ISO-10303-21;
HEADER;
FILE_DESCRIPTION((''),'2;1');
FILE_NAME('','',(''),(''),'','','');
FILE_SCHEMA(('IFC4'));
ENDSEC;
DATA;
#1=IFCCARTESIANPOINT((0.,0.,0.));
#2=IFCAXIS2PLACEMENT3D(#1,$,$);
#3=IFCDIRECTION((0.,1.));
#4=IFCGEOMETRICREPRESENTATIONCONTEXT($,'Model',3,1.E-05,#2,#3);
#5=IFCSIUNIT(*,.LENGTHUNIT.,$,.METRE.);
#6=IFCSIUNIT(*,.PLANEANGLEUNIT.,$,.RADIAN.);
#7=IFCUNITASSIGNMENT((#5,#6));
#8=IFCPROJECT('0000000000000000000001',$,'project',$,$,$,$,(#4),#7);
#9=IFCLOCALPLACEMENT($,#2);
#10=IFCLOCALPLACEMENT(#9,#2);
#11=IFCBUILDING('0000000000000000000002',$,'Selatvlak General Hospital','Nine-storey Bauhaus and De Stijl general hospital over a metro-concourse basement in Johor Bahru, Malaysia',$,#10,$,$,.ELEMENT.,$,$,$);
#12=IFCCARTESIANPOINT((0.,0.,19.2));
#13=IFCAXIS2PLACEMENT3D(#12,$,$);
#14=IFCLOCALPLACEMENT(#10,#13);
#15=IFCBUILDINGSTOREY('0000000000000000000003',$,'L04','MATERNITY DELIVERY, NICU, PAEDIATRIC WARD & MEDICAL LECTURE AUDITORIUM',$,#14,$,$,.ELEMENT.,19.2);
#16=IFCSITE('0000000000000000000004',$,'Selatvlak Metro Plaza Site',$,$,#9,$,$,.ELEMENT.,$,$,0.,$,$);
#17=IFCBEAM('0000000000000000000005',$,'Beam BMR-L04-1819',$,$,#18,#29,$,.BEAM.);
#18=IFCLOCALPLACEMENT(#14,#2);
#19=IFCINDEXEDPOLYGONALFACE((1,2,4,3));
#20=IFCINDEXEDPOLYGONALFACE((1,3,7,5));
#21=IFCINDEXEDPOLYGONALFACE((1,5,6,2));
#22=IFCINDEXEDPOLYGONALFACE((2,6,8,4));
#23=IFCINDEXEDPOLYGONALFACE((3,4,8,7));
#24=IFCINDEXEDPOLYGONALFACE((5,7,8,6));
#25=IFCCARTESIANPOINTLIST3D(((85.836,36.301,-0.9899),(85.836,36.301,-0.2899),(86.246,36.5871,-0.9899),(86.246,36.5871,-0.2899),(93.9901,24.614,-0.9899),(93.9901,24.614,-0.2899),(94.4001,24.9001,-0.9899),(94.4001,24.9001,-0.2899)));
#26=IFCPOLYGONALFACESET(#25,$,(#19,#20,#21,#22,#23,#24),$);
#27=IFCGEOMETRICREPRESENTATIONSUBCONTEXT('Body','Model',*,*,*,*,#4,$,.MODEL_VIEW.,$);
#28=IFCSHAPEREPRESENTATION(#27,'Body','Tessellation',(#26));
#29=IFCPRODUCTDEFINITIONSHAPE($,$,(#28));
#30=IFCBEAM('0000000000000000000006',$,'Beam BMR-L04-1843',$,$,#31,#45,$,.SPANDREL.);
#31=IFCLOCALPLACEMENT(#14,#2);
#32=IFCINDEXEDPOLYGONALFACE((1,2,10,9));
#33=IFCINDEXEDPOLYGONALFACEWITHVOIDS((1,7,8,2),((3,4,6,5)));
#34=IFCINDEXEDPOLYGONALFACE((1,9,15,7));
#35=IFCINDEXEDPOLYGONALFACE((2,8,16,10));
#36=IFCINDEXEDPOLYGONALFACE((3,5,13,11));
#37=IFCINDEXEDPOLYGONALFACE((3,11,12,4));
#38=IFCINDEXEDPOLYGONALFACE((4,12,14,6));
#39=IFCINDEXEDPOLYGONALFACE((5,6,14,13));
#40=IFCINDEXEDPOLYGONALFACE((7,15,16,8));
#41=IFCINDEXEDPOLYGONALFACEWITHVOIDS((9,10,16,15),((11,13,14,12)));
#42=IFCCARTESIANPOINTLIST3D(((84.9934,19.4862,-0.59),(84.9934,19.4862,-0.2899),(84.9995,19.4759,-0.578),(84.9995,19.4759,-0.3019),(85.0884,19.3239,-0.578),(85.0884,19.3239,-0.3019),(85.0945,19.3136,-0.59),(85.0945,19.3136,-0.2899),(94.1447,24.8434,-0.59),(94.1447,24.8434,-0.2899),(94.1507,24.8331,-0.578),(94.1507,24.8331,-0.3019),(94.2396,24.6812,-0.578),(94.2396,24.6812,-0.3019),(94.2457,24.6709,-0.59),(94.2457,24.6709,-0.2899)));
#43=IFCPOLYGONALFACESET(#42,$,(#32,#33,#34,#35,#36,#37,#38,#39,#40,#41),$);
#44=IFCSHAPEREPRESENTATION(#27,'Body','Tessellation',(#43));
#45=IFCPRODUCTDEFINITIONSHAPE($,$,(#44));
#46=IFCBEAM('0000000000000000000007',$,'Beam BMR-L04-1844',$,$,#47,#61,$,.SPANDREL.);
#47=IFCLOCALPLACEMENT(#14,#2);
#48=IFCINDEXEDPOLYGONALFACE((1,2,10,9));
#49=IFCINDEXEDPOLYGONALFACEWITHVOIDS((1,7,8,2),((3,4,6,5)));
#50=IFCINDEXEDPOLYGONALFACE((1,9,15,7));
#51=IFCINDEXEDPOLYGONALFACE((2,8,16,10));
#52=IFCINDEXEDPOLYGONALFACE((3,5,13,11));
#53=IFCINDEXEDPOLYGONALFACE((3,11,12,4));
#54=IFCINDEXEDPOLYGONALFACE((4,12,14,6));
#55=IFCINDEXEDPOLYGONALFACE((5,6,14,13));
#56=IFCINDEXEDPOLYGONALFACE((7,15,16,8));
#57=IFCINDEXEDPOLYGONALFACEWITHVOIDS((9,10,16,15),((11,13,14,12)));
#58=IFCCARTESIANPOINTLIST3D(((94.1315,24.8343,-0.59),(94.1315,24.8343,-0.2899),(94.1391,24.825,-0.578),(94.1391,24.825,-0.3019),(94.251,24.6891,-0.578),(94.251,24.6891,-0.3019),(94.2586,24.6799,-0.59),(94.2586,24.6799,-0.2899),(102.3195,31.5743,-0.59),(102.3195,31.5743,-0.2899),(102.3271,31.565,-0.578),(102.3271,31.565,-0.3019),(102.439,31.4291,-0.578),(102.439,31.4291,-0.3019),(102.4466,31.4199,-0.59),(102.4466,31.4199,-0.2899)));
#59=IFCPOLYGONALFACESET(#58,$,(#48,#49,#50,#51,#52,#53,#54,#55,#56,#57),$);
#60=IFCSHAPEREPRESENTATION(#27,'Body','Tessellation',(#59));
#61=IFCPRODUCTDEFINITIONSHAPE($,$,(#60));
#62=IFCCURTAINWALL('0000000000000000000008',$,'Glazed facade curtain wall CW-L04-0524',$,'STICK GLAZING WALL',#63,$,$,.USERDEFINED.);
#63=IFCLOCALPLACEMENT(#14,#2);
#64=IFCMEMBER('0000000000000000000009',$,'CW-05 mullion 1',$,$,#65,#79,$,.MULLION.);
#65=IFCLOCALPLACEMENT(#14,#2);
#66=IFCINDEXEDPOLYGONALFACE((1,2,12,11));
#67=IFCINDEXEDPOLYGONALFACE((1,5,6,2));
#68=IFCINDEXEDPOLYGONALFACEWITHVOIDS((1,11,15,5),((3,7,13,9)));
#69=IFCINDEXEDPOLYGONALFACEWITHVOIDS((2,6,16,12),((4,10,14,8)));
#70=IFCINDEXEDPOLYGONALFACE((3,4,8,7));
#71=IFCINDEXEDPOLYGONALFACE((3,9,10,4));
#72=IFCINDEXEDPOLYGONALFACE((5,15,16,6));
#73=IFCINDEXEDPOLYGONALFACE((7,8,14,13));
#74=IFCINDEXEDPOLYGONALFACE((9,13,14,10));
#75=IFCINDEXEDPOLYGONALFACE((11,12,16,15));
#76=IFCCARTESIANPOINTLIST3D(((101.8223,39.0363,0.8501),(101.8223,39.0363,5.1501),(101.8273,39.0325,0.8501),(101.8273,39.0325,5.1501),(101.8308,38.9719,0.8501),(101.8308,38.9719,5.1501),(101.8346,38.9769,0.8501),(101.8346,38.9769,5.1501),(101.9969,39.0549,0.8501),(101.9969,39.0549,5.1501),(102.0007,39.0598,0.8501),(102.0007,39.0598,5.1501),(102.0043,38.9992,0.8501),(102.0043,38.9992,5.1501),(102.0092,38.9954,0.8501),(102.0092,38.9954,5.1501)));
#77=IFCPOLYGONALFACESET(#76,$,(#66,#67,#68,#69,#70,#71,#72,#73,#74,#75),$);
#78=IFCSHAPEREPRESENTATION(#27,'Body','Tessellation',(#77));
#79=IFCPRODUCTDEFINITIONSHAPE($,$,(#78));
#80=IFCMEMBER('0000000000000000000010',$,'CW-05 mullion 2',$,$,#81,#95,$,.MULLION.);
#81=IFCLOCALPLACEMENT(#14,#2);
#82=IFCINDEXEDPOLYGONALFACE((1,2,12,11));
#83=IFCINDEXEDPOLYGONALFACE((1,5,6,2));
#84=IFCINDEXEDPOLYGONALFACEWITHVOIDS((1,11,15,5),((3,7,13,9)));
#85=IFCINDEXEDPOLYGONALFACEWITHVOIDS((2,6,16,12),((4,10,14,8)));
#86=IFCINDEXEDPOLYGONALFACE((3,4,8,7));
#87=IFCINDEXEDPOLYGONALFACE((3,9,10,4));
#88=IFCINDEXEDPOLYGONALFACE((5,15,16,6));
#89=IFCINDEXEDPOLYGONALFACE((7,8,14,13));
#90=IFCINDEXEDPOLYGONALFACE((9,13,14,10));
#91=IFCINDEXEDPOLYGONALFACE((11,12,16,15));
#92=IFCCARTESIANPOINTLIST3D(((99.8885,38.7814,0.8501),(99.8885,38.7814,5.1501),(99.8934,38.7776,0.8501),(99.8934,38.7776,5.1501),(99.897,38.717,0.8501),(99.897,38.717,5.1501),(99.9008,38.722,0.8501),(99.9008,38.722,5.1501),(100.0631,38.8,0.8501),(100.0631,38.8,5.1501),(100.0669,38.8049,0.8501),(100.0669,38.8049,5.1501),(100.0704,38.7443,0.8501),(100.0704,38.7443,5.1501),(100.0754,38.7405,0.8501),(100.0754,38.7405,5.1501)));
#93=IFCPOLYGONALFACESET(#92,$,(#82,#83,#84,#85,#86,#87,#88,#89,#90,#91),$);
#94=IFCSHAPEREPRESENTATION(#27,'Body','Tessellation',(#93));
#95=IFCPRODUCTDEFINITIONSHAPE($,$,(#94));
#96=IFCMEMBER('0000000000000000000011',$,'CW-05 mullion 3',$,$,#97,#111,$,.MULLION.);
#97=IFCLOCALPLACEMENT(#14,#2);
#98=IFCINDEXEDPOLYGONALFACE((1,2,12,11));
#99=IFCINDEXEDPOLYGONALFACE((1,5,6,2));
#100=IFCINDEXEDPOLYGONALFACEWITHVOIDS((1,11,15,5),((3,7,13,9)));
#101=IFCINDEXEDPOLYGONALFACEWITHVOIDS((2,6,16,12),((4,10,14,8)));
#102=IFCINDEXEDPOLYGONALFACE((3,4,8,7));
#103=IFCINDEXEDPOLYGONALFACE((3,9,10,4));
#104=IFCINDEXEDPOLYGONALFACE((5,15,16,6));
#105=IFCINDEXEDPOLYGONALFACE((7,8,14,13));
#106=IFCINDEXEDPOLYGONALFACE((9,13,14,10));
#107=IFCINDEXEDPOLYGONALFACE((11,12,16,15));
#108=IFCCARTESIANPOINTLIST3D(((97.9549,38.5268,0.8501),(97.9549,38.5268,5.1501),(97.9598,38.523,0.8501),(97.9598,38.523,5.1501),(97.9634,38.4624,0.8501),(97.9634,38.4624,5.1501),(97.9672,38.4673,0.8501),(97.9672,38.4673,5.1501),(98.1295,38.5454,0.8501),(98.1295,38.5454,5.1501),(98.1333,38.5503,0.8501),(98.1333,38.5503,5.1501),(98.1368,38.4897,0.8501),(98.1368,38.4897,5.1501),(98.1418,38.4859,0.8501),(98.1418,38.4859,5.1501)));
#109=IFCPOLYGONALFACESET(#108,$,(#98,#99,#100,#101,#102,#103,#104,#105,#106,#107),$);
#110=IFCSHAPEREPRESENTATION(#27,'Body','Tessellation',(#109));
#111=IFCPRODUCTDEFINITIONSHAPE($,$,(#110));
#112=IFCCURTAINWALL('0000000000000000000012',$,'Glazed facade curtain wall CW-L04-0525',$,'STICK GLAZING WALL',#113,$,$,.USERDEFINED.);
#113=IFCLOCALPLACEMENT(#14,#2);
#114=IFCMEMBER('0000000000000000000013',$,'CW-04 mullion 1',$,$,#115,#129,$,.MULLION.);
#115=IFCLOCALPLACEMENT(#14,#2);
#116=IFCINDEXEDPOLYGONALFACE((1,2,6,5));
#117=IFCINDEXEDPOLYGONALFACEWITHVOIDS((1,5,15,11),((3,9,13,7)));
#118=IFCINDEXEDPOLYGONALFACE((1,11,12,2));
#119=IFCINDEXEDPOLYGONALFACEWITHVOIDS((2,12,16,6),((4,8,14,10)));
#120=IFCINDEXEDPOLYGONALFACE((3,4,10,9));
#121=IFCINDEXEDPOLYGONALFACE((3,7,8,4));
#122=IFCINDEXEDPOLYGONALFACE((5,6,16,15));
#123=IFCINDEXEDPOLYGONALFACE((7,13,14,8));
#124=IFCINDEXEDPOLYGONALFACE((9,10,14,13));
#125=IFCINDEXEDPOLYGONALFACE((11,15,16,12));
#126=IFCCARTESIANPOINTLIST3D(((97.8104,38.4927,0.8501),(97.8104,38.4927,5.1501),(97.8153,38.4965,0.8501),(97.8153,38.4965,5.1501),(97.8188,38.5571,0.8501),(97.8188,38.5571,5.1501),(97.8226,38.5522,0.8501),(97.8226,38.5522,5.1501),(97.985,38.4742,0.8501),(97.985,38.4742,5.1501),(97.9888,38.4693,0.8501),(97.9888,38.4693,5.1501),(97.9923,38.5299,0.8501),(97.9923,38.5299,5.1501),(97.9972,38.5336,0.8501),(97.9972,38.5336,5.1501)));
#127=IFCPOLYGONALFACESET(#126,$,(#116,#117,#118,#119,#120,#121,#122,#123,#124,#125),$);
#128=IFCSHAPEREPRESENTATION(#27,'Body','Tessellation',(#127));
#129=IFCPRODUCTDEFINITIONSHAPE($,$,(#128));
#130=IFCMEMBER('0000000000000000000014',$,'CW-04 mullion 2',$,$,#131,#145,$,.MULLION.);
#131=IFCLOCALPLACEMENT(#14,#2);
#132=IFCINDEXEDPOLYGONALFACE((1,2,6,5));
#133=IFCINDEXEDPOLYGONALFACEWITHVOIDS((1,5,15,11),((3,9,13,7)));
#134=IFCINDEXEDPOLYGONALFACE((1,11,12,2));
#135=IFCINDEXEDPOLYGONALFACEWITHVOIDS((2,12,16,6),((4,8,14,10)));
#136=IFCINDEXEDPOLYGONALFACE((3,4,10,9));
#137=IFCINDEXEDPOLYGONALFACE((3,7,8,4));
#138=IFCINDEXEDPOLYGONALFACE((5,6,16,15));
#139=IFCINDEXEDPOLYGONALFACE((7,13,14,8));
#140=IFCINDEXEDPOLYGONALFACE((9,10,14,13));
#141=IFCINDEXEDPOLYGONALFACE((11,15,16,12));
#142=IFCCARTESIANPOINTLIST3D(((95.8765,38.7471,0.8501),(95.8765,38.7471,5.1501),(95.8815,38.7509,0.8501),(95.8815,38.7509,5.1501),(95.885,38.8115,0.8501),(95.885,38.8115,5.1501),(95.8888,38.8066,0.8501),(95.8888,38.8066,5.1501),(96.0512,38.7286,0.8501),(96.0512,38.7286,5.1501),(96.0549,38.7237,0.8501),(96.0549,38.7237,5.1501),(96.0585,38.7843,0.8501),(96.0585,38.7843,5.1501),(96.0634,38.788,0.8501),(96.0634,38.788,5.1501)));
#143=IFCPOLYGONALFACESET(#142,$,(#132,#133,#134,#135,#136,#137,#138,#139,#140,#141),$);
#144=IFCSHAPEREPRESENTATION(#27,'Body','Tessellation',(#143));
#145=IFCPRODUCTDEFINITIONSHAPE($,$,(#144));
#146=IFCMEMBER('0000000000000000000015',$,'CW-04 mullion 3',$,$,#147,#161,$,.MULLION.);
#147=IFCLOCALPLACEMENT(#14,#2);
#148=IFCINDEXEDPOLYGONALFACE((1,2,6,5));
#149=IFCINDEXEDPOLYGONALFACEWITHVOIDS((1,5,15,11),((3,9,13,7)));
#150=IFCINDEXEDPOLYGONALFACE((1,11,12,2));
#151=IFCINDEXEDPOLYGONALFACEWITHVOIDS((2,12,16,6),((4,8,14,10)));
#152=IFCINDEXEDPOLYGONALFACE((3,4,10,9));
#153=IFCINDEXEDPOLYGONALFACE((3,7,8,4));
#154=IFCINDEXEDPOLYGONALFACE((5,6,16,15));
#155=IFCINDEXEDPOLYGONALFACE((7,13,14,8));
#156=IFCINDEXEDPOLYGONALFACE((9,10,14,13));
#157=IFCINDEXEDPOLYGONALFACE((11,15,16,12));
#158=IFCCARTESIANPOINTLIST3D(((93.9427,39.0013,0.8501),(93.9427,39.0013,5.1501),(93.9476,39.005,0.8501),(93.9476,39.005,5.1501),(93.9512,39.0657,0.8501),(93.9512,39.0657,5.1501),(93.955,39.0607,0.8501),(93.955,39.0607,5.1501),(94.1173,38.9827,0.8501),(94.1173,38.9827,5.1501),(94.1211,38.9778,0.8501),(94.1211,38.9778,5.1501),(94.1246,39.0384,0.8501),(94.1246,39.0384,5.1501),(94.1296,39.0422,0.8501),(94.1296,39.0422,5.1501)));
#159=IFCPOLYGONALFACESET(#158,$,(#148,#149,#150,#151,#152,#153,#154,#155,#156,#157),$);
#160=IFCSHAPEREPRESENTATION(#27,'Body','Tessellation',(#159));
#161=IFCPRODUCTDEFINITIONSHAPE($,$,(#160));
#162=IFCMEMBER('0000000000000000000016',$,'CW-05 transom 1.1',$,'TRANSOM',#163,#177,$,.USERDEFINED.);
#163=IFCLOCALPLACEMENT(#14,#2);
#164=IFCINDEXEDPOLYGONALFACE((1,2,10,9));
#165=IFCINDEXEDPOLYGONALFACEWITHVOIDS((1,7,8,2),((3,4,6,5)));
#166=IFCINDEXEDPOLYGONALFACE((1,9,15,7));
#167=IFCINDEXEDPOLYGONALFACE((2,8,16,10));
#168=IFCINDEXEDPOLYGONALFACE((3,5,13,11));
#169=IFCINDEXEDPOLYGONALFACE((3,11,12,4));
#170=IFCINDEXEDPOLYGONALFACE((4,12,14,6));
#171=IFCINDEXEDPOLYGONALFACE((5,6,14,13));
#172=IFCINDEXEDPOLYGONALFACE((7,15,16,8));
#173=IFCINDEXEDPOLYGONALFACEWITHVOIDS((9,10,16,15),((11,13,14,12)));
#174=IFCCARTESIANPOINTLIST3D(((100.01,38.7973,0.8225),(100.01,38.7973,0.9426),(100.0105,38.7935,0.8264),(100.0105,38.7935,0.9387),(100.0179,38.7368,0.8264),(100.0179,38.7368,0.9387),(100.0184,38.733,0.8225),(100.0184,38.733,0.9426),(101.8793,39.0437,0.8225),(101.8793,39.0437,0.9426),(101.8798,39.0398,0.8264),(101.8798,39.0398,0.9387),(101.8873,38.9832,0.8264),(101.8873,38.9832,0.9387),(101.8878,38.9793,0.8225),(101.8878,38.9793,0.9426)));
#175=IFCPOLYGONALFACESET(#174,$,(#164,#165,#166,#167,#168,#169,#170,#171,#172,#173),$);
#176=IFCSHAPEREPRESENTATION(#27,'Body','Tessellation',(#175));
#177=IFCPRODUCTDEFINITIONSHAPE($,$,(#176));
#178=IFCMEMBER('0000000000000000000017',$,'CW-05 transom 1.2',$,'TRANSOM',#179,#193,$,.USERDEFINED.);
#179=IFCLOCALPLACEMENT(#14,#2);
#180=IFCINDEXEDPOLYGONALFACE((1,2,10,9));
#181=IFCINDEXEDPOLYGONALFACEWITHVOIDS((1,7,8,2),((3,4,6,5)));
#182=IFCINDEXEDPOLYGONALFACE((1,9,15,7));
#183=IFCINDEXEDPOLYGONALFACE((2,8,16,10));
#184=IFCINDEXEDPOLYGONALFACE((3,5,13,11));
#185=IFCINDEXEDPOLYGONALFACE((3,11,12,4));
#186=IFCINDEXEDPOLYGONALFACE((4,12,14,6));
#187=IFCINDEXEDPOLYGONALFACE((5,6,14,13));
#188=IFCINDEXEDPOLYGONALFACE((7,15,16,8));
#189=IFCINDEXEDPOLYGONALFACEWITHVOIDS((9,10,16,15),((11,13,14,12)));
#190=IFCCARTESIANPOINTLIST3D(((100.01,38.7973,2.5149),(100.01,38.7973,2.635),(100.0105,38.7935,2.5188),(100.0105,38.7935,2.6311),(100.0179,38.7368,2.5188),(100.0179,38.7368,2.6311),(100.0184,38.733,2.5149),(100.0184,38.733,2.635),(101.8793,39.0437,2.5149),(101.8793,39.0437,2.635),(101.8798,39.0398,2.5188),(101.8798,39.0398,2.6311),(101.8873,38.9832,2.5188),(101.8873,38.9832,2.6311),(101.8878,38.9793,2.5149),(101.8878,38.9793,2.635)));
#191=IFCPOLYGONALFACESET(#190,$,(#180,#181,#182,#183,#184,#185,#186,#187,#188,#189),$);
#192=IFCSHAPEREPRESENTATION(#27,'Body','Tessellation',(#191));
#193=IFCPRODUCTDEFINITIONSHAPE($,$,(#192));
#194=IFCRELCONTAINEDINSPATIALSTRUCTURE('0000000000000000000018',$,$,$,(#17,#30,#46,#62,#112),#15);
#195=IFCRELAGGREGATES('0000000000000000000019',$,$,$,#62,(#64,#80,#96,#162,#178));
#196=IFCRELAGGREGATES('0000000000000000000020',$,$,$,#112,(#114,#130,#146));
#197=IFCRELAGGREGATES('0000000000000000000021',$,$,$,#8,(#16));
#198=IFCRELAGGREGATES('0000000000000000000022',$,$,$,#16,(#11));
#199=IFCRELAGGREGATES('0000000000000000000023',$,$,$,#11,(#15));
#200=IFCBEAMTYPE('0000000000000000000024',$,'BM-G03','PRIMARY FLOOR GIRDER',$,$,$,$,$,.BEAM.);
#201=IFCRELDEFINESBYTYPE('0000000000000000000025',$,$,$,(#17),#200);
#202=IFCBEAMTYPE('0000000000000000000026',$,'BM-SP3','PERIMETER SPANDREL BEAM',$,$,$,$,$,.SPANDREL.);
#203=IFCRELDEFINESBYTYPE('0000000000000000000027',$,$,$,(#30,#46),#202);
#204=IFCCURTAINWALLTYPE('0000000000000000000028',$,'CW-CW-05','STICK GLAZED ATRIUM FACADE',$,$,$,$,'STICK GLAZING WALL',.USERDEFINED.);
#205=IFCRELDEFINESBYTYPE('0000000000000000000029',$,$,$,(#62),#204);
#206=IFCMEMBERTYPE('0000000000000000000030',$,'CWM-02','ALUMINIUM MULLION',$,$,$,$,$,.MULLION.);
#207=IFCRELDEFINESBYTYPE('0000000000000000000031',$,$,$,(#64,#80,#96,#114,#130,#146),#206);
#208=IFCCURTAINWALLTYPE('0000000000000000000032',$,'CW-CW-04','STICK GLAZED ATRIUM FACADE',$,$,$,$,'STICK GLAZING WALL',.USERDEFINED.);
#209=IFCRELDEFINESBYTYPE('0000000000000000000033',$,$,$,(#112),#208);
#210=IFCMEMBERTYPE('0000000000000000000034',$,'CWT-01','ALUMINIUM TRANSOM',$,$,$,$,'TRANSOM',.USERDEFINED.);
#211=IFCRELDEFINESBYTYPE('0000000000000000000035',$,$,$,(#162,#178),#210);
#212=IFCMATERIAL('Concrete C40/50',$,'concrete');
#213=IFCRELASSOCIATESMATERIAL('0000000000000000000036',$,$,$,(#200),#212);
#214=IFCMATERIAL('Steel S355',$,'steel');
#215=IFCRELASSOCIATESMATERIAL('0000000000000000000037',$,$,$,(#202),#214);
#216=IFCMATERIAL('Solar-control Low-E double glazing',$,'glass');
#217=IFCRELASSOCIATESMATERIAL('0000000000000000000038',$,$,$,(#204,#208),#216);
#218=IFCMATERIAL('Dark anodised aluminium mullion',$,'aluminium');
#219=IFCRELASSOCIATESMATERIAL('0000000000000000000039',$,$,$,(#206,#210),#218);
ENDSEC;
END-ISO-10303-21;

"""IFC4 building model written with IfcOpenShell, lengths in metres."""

from ifc_helpers import new_model, si_unit, direction, frame, origin, origin_2d, place, context, subcontext, project, spatial, rectangle, hollow_rectangle, extrude, material, material_profile, profile_set, type_object, element, aggregate, save


model = new_model("IFC4")

# Units and contexts
model_context = context("Model", 3, precision=1e-05, world=origin(), true_north=direction((0.0, 1.0)))
body_context = subcontext(model_context, "Body", "Model", "MODEL_VIEW")
ifc_project = project(units=[si_unit("LENGTHUNIT", "METRE"), si_unit("PLANEANGLEUNIT", "RADIAN")], contexts=[model_context])

# Site, building, storey
site_placement = place(None, origin())
site = spatial("IfcSite", under=ifc_project, at=site_placement, Name="Selatvlak Metro Plaza Site", CompositionType="ELEMENT", RefElevation=0.0)
building_placement = place(site_placement, origin())
building = spatial("IfcBuilding", under=site, at=building_placement, Name="Selatvlak General Hospital", Description="Nine-storey Bauhaus and De Stijl general hospital over a metro-concourse basement in Johor Bahru, Malaysia", CompositionType="ELEMENT")
storey_placement = place(building_placement, frame((0.0, 0.0, 19.2)))
storey = spatial("IfcBuildingStorey", under=building, at=storey_placement, Name="L04", Description="MATERNITY DELIVERY, NICU, PAEDIATRIC WARD & MEDICAL LECTURE AUDITORIUM", CompositionType="ELEMENT", Elevation=19.2)

# Beams
ifc_material_1 = material(Name="Concrete C40/50", Category="concrete")
ifc_material_profile_1 = material_profile(ifc_material_1, rectangle(XDim=0.5, YDim=0.7, at=origin_2d()), Name="RC-BM 500x700")
ifc_profile_set_1 = profile_set([ifc_material_profile_1], Name="Concrete C40/50")
beam_type_1 = type_object("IfcBeamType", Name="BM-G03", Description="PRIMARY FLOOR GIRDER", PredefinedType="BEAM", material=ifc_profile_set_1)
beam_1_placement = place(storey_placement, frame((86.041, 36.4441, -0.6399), z_axis=(0.572197, -0.820116, 0.0), x_axis=(0.820116, 0.572197, 0.0)))
element("IfcBeam", 1, at=beam_1_placement, inside=storey, type_object=beam_type_1, Name="Beam BMR-L04-1819", PredefinedType="BEAM", context=body_context, shape_type="SweptSolid", body=[
    extrude(rectangle(XDim=0.5, YDim=0.7, at=origin_2d()), origin(), (0.0, 0.0, 1.0), 14.2505),
])
ifc_material_2 = material(Name="Steel S355", Category="steel")
ifc_material_profile_2 = material_profile(ifc_material_2, hollow_rectangle(XDim=0.2, YDim=0.3, WallThickness=0.012, at=origin_2d()), Name="RHS 300x200x12")
ifc_profile_set_2 = profile_set([ifc_material_profile_2], Name="Steel S355")
beam_type_2 = type_object("IfcBeamType", Name="BM-SP3", Description="PERIMETER SPANDREL BEAM", PredefinedType="SPANDREL", material=ifc_profile_set_2)
beam_2_placement = place(storey_placement, frame((85.0439, 19.3999, -0.4399), z_axis=(0.862997, 0.505209, 0.0), x_axis=(-0.505209, 0.862997, 0.0)))
element("IfcBeam", 2, at=beam_2_placement, inside=storey, type_object=beam_type_2, Name="Beam BMR-L04-1843", PredefinedType="SPANDREL", context=body_context, shape_type="SweptSolid", body=[
    extrude(hollow_rectangle(XDim=0.2, YDim=0.3, WallThickness=0.012, at=origin_2d()), origin(), (0.0, 0.0, 1.0), 10.604),
])
beam_3_placement = place(storey_placement, frame((94.1951, 24.7571, -0.4399), z_axis=(0.772072, 0.635535, 0.0), x_axis=(-0.635535, 0.772072, 0.0)))
element("IfcBeam", 3, at=beam_3_placement, inside=storey, type_object=beam_type_2, Name="Beam BMR-L04-1844", PredefinedType="SPANDREL", context=body_context, shape_type="SweptSolid", body=[
    extrude(hollow_rectangle(XDim=0.2, YDim=0.3, WallThickness=0.012, at=origin_2d()), origin(), (0.0, 0.0, 1.0), 10.6052),
])

# Curtain walls, members
ifc_material_3 = material(Name="Solar-control Low-E double glazing", Category="glass")
curtain_wall_type_1 = type_object("IfcCurtainWallType", Name="CW-CW-05", Description="STICK GLAZED ATRIUM FACADE", ElementType="STICK GLAZING WALL", PredefinedType="USERDEFINED", material=ifc_material_3)
curtain_wall_1_placement = place(storey_placement, origin())
curtain_wall_1 = element("IfcCurtainWall", 4, at=curtain_wall_1_placement, inside=storey, type_object=curtain_wall_type_1, Name="Glazed facade curtain wall CW-L04-0524", ObjectType="STICK GLAZING WALL", PredefinedType="USERDEFINED")
ifc_material_4 = material(Name="Dark anodised aluminium mullion", Category="aluminium")
ifc_material_profile_3 = material_profile(ifc_material_4, hollow_rectangle(XDim=0.0649, YDim=0.1799, WallThickness=0.0044, at=origin_2d()), Name="AL-MUL 65x180x4.5")
ifc_profile_set_3 = profile_set([ifc_material_profile_3], Name="Dark anodised aluminium mullion")
member_type_1 = type_object("IfcMemberType", Name="CWM-02", Description="ALUMINIUM MULLION", PredefinedType="MULLION", material=ifc_profile_set_3)
member_1_placement = place(storey_placement, frame((101.9158, 39.0159, 0.8501), z_axis=(0.0, 0.0, 1.0), x_axis=(0.130611, -0.991434, 0.0)))
member_1 = element("IfcMember", 5, at=member_1_placement, type_object=member_type_1, Name="CW-05 mullion 1", PredefinedType="MULLION", context=body_context, shape_type="SweptSolid", body=[
    extrude(hollow_rectangle(XDim=0.0649, YDim=0.1799, WallThickness=0.0044, at=origin_2d()), origin(), (0.0, 0.0, 1.0), 4.3),
])
member_2_placement = place(storey_placement, frame((99.9819, 38.761, 0.8501), z_axis=(0.0, 0.0, 1.0), x_axis=(0.130611, -0.991434, 0.0)))
member_2 = element("IfcMember", 6, at=member_2_placement, type_object=member_type_1, Name="CW-05 mullion 2", PredefinedType="MULLION", context=body_context, shape_type="SweptSolid", body=[
    extrude(hollow_rectangle(XDim=0.0649, YDim=0.1799, WallThickness=0.0044, at=origin_2d()), origin(), (0.0, 0.0, 1.0), 4.3),
])
member_3_placement = place(storey_placement, frame((98.0483, 38.5063, 0.8501), z_axis=(0.0, 0.0, 1.0), x_axis=(0.130611, -0.991434, 0.0)))
member_3 = element("IfcMember", 7, at=member_3_placement, type_object=member_type_1, Name="CW-05 mullion 3", PredefinedType="MULLION", context=body_context, shape_type="SweptSolid", body=[
    extrude(hollow_rectangle(XDim=0.0649, YDim=0.1799, WallThickness=0.0044, at=origin_2d()), origin(), (0.0, 0.0, 1.0), 4.3),
])
curtain_wall_type_2 = type_object("IfcCurtainWallType", Name="CW-CW-04", Description="STICK GLAZED ATRIUM FACADE", ElementType="STICK GLAZING WALL", PredefinedType="USERDEFINED", material=ifc_material_3)
curtain_wall_2_placement = place(storey_placement, origin())
curtain_wall_2 = element("IfcCurtainWall", 8, at=curtain_wall_2_placement, inside=storey, type_object=curtain_wall_type_2, Name="Glazed facade curtain wall CW-L04-0525", ObjectType="STICK GLAZING WALL", PredefinedType="USERDEFINED")
member_4_placement = place(storey_placement, frame((97.9038, 38.5132, 0.8501), z_axis=(0.0, 0.0, 1.0), x_axis=(-0.130363, -0.991466, 0.0)))
member_4 = element("IfcMember", 9, at=member_4_placement, type_object=member_type_1, Name="CW-04 mullion 1", PredefinedType="MULLION", context=body_context, shape_type="SweptSolid", body=[
    extrude(hollow_rectangle(XDim=0.0649, YDim=0.1799, WallThickness=0.0044, at=origin_2d()), origin(), (0.0, 0.0, 1.0), 4.3),
])
member_5_placement = place(storey_placement, frame((95.97, 38.7676, 0.8501), z_axis=(0.0, 0.0, 1.0), x_axis=(-0.130363, -0.991466, 0.0)))
member_5 = element("IfcMember", 10, at=member_5_placement, type_object=member_type_1, Name="CW-04 mullion 2", PredefinedType="MULLION", context=body_context, shape_type="SweptSolid", body=[
    extrude(hollow_rectangle(XDim=0.0649, YDim=0.1799, WallThickness=0.0044, at=origin_2d()), origin(), (0.0, 0.0, 1.0), 4.3),
])
member_6_placement = place(storey_placement, frame((94.0361, 39.0217, 0.8501), z_axis=(0.0, 0.0, 1.0), x_axis=(-0.130363, -0.991466, 0.0)))
member_6 = element("IfcMember", 11, at=member_6_placement, type_object=member_type_1, Name="CW-04 mullion 3", PredefinedType="MULLION", context=body_context, shape_type="SweptSolid", body=[
    extrude(hollow_rectangle(XDim=0.0649, YDim=0.1799, WallThickness=0.0044, at=origin_2d()), origin(), (0.0, 0.0, 1.0), 4.3),
])

# Members
ifc_material_profile_4 = material_profile(ifc_material_4, hollow_rectangle(XDim=0.0649, YDim=0.1201, WallThickness=0.0039, at=origin_2d()), Name="AL-TRN 65x120x4")
ifc_profile_set_4 = profile_set([ifc_material_profile_4], Name="Dark anodised aluminium mullion")
member_type_2 = type_object("IfcMemberType", Name="CWT-01", Description="ALUMINIUM TRANSOM", ElementType="TRANSOM", PredefinedType="USERDEFINED", material=ifc_profile_set_4)
member_7_placement = place(storey_placement, frame((101.8835, 39.0115, 0.8826), z_axis=(-0.991429, -0.130645, 0.0), x_axis=(0.130645, -0.991429, 0.0)))
member_7 = element("IfcMember", 12, at=member_7_placement, type_object=member_type_2, Name="CW-05 transom 1.1", ObjectType="TRANSOM", PredefinedType="USERDEFINED", context=body_context, shape_type="SweptSolid", body=[
    extrude(hollow_rectangle(XDim=0.0649, YDim=0.1201, WallThickness=0.0039, at=origin_2d()), origin(), (0.0, 0.0, 1.0), 1.8855),
])
member_8_placement = place(storey_placement, frame((101.8835, 39.0115, 2.575), z_axis=(-0.991429, -0.130645, 0.0), x_axis=(0.130645, -0.991429, 0.0)))
member_8 = element("IfcMember", 13, at=member_8_placement, type_object=member_type_2, Name="CW-05 transom 1.2", ObjectType="TRANSOM", PredefinedType="USERDEFINED", context=body_context, shape_type="SweptSolid", body=[
    extrude(hollow_rectangle(XDim=0.0649, YDim=0.1201, WallThickness=0.0039, at=origin_2d()), origin(), (0.0, 0.0, 1.0), 1.8855),
])

aggregate(curtain_wall_1, [member_1, member_2, member_3, member_7, member_8])
aggregate(curtain_wall_2, [member_4, member_5, member_6])

save(model, "model.ifc")
